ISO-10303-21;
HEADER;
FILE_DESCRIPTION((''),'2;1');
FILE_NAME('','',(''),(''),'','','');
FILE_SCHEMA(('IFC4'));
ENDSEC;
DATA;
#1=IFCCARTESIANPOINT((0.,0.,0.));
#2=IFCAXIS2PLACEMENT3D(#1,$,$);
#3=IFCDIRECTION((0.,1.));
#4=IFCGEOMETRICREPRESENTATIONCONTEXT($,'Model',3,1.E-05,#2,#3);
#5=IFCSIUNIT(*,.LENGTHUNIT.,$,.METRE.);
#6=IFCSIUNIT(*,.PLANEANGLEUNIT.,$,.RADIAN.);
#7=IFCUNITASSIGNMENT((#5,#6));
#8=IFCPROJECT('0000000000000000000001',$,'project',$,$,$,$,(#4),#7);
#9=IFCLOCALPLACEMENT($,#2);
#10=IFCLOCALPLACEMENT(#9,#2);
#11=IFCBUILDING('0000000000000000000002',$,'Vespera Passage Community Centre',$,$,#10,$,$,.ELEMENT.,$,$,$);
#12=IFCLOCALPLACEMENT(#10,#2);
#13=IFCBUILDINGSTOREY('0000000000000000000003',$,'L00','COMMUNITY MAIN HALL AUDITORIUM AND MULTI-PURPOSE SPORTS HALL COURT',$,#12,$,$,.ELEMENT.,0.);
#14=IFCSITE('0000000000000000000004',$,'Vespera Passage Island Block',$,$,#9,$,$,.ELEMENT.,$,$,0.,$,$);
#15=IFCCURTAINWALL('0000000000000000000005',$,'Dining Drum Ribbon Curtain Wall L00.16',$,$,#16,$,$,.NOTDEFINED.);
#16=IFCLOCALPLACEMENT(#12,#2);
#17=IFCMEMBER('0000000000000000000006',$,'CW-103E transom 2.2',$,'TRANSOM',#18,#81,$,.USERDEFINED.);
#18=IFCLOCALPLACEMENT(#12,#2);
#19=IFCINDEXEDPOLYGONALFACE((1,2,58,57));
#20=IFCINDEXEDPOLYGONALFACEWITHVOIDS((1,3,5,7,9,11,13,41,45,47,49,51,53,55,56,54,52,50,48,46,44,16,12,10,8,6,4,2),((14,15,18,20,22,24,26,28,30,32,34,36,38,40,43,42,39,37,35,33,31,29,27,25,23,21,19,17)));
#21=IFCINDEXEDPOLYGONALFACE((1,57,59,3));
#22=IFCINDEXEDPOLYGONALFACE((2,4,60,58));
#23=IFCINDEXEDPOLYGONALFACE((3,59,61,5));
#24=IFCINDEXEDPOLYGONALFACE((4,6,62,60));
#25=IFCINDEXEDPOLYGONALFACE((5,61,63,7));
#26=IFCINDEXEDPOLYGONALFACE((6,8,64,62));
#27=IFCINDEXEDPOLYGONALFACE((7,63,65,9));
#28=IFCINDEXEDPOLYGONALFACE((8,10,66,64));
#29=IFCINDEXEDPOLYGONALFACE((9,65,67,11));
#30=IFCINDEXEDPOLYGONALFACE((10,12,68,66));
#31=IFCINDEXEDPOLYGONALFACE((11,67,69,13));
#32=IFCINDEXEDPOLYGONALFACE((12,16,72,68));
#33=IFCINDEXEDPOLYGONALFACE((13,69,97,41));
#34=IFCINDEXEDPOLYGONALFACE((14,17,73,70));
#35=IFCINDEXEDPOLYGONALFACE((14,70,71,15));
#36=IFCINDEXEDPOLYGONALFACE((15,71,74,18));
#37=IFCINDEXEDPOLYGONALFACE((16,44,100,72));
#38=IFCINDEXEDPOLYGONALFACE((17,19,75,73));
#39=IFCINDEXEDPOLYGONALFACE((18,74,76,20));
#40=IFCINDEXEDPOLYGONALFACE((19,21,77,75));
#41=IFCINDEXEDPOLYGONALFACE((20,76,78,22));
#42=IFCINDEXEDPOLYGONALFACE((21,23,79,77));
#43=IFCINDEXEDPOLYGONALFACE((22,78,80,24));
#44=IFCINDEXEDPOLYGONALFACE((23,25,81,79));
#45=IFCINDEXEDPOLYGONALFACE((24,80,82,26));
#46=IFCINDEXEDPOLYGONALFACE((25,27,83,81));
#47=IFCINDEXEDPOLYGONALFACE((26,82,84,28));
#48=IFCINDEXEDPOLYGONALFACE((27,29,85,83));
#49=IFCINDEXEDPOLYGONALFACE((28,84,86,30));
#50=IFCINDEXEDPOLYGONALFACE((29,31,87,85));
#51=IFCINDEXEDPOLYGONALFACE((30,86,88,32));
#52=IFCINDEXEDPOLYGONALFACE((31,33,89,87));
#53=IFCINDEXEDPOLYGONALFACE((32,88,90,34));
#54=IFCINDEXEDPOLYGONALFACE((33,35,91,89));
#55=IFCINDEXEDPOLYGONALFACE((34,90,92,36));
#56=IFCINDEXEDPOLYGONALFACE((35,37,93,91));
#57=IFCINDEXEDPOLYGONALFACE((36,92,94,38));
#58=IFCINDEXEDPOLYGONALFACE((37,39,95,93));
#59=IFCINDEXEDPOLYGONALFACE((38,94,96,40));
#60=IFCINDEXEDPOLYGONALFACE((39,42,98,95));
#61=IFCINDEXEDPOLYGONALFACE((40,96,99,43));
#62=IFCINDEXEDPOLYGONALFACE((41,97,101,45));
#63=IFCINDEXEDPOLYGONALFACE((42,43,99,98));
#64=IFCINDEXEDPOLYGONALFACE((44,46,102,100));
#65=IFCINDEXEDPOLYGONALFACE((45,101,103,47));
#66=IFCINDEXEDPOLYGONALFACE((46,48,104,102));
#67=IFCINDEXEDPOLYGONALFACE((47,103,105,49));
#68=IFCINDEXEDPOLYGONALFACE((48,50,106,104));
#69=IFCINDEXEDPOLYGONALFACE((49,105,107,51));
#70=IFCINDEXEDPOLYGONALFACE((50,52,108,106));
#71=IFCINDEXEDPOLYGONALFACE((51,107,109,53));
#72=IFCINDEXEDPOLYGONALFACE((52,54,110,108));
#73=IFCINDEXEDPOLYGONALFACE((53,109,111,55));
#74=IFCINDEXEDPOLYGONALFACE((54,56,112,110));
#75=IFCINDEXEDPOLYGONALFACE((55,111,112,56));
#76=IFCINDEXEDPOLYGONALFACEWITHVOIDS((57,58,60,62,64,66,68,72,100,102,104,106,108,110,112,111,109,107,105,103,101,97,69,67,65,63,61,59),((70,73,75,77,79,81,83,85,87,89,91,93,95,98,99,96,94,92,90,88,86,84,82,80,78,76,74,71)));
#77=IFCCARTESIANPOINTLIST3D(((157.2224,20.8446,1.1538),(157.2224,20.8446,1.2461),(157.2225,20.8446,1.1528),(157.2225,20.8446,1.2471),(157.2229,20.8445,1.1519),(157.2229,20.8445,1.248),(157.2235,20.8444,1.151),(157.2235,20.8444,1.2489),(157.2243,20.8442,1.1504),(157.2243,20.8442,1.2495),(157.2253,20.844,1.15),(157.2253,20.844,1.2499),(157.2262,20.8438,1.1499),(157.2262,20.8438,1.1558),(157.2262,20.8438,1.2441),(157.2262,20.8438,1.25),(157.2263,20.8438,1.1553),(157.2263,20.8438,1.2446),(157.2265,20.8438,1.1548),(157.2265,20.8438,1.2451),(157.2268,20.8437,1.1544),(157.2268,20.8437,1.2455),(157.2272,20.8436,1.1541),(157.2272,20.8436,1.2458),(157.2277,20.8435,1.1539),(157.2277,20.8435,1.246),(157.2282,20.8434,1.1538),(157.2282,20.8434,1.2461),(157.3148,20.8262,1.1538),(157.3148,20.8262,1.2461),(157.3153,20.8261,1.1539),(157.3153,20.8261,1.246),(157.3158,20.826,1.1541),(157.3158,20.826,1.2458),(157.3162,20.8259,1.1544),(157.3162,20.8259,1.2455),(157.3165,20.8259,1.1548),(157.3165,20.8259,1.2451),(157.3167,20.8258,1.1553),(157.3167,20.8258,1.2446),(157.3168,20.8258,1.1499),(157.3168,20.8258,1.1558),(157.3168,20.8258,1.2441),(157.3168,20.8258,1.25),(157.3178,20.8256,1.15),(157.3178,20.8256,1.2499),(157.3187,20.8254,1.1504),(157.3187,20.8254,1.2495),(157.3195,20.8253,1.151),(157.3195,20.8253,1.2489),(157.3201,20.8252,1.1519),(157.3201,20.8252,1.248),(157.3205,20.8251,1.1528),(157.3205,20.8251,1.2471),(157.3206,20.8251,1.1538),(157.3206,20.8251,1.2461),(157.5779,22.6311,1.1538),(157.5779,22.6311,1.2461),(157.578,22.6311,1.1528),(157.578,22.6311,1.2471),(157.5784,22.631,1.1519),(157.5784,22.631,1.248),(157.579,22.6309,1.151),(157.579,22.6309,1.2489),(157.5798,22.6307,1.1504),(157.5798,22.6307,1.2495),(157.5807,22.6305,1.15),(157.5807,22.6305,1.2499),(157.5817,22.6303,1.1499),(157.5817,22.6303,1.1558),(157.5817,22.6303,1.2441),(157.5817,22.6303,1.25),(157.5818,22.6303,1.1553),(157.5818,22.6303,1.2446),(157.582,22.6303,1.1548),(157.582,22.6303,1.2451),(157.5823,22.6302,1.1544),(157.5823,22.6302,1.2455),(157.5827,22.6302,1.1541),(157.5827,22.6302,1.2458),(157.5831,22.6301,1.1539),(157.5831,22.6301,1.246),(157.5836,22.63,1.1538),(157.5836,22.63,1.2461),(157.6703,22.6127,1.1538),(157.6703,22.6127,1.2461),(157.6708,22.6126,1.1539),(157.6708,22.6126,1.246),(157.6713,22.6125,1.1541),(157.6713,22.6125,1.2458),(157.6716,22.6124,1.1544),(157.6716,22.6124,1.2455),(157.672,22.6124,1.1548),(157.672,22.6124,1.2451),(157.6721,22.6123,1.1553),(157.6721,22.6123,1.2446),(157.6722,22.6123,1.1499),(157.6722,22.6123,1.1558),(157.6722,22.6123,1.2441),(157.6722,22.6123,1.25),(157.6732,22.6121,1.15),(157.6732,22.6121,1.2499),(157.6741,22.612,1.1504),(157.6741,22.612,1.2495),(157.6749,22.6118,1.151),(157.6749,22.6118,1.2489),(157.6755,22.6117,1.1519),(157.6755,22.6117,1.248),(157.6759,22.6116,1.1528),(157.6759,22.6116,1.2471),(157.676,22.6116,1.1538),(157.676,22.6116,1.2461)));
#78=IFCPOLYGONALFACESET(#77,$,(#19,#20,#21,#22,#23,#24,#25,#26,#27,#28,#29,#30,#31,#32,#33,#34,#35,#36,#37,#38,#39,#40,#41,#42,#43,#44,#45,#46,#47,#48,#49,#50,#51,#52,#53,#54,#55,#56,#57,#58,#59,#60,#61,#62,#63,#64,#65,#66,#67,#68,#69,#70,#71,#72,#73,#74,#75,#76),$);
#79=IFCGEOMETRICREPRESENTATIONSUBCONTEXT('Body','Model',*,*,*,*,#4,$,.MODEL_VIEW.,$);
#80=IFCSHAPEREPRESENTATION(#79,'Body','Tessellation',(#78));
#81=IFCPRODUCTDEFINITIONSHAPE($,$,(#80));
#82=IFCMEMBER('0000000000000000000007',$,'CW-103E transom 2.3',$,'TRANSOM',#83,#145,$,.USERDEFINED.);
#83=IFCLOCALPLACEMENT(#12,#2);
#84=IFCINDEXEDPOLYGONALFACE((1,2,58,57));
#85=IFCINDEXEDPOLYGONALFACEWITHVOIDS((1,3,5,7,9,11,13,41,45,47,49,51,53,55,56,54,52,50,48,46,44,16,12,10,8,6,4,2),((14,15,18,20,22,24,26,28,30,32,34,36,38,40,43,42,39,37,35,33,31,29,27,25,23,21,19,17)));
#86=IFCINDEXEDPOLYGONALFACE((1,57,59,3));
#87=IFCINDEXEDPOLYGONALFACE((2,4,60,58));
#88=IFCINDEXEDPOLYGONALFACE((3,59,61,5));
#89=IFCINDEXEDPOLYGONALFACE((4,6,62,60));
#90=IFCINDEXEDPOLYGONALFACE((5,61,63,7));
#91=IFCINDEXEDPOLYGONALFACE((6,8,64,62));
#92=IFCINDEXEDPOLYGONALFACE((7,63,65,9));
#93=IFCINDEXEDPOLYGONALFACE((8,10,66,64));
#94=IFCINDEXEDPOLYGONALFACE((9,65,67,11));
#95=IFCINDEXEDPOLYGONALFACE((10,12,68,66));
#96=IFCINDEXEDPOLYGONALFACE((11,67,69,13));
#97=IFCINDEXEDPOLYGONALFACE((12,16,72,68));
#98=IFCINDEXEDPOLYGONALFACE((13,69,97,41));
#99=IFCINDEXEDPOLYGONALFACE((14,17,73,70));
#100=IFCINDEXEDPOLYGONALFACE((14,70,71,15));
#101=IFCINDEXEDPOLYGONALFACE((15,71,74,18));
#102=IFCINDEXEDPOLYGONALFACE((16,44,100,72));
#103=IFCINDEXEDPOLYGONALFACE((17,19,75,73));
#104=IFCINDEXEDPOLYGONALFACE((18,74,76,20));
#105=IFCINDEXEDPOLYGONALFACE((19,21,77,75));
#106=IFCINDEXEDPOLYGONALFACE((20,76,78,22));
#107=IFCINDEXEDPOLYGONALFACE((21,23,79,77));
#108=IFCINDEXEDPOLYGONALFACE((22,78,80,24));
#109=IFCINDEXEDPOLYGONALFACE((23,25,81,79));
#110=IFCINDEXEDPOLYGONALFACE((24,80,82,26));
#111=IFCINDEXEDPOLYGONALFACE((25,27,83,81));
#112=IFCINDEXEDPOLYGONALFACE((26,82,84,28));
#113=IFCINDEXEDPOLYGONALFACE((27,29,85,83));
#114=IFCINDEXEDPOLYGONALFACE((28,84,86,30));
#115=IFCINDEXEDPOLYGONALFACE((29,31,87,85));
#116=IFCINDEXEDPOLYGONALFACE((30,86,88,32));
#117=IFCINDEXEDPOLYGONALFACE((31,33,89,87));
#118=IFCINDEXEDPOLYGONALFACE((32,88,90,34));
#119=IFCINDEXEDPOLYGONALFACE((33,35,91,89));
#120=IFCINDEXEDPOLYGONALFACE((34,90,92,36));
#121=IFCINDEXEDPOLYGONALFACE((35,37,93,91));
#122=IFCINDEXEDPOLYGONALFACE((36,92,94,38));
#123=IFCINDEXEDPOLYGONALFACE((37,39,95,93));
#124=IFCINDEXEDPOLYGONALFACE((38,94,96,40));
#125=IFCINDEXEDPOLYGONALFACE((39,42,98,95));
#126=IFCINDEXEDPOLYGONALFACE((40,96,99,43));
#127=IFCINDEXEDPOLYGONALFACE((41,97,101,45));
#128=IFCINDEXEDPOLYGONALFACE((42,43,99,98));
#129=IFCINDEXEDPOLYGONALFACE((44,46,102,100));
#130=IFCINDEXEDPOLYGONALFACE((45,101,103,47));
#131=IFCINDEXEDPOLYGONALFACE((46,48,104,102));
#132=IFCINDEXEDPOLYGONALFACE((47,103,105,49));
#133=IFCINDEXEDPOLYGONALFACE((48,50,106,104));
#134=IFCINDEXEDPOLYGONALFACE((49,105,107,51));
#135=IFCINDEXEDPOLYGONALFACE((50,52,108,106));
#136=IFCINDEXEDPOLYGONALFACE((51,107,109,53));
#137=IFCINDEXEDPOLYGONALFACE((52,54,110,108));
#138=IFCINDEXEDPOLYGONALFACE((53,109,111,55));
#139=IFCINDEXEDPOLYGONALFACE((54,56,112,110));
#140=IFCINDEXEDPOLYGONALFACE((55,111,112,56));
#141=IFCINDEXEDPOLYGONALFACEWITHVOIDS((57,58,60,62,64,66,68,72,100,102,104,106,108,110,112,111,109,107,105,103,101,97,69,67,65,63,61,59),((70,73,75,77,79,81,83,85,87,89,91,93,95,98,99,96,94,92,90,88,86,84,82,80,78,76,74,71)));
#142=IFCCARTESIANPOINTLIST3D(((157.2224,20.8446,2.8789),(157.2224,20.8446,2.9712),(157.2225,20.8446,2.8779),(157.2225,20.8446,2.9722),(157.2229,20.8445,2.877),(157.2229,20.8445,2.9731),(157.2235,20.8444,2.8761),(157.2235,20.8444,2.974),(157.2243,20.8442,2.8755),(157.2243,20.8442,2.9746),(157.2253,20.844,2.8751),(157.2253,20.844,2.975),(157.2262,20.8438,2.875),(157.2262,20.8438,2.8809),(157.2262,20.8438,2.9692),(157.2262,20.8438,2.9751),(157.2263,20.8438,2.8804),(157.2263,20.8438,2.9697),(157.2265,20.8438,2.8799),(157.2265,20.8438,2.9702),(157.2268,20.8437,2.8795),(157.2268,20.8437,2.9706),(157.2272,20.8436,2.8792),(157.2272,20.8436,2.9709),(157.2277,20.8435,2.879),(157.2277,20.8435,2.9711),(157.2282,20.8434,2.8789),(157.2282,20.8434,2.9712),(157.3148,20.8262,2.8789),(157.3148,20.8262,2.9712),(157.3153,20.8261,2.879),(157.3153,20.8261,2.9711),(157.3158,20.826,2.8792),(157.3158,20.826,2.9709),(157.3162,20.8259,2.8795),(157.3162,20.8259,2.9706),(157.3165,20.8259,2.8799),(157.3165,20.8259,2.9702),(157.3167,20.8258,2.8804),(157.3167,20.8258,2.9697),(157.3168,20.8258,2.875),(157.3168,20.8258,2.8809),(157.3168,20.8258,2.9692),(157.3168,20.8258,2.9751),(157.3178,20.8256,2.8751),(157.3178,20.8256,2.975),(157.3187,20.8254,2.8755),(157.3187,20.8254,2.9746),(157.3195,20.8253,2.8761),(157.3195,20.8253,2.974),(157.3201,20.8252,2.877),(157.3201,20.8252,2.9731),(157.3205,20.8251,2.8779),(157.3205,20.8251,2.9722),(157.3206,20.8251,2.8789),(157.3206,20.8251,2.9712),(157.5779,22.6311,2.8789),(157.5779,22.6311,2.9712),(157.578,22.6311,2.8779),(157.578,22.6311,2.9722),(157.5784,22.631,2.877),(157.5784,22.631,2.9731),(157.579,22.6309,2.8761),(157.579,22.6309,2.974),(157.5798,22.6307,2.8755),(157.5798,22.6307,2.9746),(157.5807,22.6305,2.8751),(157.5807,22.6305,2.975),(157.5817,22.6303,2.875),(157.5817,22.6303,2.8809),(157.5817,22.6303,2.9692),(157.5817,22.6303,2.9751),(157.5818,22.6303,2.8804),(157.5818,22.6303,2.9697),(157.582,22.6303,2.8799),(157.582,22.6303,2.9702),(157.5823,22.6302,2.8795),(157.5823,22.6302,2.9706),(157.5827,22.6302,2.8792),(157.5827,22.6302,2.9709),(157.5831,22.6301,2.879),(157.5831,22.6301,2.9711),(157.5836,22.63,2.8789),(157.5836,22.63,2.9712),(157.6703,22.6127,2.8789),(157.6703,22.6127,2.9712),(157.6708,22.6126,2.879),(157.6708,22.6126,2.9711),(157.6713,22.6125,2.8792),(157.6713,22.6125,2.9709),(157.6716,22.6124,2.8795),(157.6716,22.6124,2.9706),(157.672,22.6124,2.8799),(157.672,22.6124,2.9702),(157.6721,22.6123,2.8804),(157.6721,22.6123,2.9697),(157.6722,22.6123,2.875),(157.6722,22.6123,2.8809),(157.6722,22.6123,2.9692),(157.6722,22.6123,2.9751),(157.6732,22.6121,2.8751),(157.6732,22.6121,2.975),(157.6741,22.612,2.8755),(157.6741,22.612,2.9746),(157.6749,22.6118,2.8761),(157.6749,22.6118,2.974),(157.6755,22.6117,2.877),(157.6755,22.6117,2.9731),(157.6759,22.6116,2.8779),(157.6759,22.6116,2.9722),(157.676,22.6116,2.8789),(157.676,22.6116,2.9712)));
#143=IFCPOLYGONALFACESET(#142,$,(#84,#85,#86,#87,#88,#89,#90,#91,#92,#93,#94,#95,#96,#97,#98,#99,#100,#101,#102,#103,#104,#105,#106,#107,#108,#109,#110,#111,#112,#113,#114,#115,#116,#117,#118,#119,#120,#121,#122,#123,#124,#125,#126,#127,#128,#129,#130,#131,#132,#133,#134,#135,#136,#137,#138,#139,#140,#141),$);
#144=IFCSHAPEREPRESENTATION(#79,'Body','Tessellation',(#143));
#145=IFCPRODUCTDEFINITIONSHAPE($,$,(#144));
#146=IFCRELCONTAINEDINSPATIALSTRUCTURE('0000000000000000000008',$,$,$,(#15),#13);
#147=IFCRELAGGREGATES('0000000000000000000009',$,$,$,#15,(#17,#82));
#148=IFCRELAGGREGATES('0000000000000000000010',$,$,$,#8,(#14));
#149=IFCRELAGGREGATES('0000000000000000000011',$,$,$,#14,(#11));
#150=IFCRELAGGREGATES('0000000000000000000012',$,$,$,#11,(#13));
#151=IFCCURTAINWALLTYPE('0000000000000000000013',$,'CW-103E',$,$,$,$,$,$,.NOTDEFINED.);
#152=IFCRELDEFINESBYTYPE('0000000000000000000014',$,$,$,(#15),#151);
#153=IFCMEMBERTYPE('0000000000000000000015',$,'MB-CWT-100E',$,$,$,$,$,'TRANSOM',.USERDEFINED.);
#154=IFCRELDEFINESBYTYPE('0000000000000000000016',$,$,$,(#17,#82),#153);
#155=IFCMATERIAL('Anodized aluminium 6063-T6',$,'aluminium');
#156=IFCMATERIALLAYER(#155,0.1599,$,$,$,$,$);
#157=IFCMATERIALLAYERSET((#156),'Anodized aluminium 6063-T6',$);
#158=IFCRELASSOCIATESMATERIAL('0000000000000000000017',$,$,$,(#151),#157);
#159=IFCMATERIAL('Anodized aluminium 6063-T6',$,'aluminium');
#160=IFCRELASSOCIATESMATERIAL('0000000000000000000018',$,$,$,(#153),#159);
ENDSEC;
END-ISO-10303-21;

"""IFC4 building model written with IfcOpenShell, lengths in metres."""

from ifc_helpers import new_model, si_unit, direction, frame, origin, origin_2d, place, context, subcontext, project, spatial, hollow_rectangle, extrude, material, layer, layer_set, material_profile, profile_set, type_object, element, aggregate, save


model = new_model("IFC4")

# Units and contexts
model_context = context("Model", 3, precision=1e-05, world=origin(), true_north=direction((0.0, 1.0)))
body_context = subcontext(model_context, "Body", "Model", "MODEL_VIEW")
ifc_project = project(units=[si_unit("LENGTHUNIT", "METRE"), si_unit("PLANEANGLEUNIT", "RADIAN")], contexts=[model_context])

# Site, building, storey
site_placement = place(None, origin())
site = spatial("IfcSite", under=ifc_project, at=site_placement, Name="Vespera Passage Island Block", CompositionType="ELEMENT", RefElevation=0.0)
building_placement = place(site_placement, origin())
building = spatial("IfcBuilding", under=site, at=building_placement, Name="Vespera Passage Community Centre", CompositionType="ELEMENT")
storey_placement = place(building_placement, origin())
storey = spatial("IfcBuildingStorey", under=building, at=storey_placement, Name="L00", Description="COMMUNITY MAIN HALL AUDITORIUM AND MULTI-PURPOSE SPORTS HALL COURT", CompositionType="ELEMENT", Elevation=0.0)

# Curtain wall, members
ifc_material_1 = material(Name="Anodized aluminium 6063-T6", Category="aluminium")
ifc_layer_1 = layer(ifc_material_1, 0.1599)
ifc_layer_set_1 = layer_set([ifc_layer_1], Name="Anodized aluminium 6063-T6")
curtain_wall_type = type_object("IfcCurtainWallType", Name="CW-103E", PredefinedType="NOTDEFINED", material=ifc_layer_set_1)
curtain_wall_placement = place(storey_placement, origin())
curtain_wall = element("IfcCurtainWall", 1, at=curtain_wall_placement, inside=storey, type_object=curtain_wall_type, Name="Dining Drum Ribbon Curtain Wall L00.16", PredefinedType="NOTDEFINED")
ifc_material_2 = material(Name="Anodized aluminium 6063-T6", Category="aluminium")
ifc_material_profile_1 = material_profile(ifc_material_2, hollow_rectangle(XDim=0.1001, YDim=0.1001, WallThickness=0.0039, InnerFilletRadius=0.002, OuterFilletRadius=0.0039, at=origin_2d()), Name="ALU100X100X4")
ifc_profile_set_1 = profile_set([ifc_material_profile_1], Name="Anodized aluminium 6063-T6")
member_type_1 = type_object("IfcMemberType", Name="MB-CWT-100E", ElementType="TRANSOM", PredefinedType="USERDEFINED", material=ifc_profile_set_1)
member_1_placement = place(storey_placement, frame((157.627, 22.6213, 1.2), z_axis=(-0.195137, -0.980776, 0.0), x_axis=(0.980776, -0.195137, 0.0)))
member_1 = element("IfcMember", 2, at=member_1_placement, type_object=member_type_1, Name="CW-103E transom 2.2", ObjectType="TRANSOM", PredefinedType="USERDEFINED", context=body_context, shape_type="SweptSolid", body=[
    extrude(hollow_rectangle(XDim=0.1001, YDim=0.1001, WallThickness=0.0039, InnerFilletRadius=0.002, OuterFilletRadius=0.0039, at=origin_2d()), origin(), (0.0, 0.0, 1.0), 1.8215),
])
member_2_placement = place(storey_placement, frame((157.627, 22.6213, 2.925), z_axis=(-0.195137, -0.980776, 0.0), x_axis=(0.980776, -0.195137, 0.0)))
member_2 = element("IfcMember", 3, at=member_2_placement, type_object=member_type_1, Name="CW-103E transom 2.3", ObjectType="TRANSOM", PredefinedType="USERDEFINED", context=body_context, shape_type="SweptSolid", body=[
    extrude(hollow_rectangle(XDim=0.1001, YDim=0.1001, WallThickness=0.0039, InnerFilletRadius=0.002, OuterFilletRadius=0.0039, at=origin_2d()), origin(), (0.0, 0.0, 1.0), 1.8215),
])
aggregate(curtain_wall, [member_1, member_2])

save(model, "model.ifc")
